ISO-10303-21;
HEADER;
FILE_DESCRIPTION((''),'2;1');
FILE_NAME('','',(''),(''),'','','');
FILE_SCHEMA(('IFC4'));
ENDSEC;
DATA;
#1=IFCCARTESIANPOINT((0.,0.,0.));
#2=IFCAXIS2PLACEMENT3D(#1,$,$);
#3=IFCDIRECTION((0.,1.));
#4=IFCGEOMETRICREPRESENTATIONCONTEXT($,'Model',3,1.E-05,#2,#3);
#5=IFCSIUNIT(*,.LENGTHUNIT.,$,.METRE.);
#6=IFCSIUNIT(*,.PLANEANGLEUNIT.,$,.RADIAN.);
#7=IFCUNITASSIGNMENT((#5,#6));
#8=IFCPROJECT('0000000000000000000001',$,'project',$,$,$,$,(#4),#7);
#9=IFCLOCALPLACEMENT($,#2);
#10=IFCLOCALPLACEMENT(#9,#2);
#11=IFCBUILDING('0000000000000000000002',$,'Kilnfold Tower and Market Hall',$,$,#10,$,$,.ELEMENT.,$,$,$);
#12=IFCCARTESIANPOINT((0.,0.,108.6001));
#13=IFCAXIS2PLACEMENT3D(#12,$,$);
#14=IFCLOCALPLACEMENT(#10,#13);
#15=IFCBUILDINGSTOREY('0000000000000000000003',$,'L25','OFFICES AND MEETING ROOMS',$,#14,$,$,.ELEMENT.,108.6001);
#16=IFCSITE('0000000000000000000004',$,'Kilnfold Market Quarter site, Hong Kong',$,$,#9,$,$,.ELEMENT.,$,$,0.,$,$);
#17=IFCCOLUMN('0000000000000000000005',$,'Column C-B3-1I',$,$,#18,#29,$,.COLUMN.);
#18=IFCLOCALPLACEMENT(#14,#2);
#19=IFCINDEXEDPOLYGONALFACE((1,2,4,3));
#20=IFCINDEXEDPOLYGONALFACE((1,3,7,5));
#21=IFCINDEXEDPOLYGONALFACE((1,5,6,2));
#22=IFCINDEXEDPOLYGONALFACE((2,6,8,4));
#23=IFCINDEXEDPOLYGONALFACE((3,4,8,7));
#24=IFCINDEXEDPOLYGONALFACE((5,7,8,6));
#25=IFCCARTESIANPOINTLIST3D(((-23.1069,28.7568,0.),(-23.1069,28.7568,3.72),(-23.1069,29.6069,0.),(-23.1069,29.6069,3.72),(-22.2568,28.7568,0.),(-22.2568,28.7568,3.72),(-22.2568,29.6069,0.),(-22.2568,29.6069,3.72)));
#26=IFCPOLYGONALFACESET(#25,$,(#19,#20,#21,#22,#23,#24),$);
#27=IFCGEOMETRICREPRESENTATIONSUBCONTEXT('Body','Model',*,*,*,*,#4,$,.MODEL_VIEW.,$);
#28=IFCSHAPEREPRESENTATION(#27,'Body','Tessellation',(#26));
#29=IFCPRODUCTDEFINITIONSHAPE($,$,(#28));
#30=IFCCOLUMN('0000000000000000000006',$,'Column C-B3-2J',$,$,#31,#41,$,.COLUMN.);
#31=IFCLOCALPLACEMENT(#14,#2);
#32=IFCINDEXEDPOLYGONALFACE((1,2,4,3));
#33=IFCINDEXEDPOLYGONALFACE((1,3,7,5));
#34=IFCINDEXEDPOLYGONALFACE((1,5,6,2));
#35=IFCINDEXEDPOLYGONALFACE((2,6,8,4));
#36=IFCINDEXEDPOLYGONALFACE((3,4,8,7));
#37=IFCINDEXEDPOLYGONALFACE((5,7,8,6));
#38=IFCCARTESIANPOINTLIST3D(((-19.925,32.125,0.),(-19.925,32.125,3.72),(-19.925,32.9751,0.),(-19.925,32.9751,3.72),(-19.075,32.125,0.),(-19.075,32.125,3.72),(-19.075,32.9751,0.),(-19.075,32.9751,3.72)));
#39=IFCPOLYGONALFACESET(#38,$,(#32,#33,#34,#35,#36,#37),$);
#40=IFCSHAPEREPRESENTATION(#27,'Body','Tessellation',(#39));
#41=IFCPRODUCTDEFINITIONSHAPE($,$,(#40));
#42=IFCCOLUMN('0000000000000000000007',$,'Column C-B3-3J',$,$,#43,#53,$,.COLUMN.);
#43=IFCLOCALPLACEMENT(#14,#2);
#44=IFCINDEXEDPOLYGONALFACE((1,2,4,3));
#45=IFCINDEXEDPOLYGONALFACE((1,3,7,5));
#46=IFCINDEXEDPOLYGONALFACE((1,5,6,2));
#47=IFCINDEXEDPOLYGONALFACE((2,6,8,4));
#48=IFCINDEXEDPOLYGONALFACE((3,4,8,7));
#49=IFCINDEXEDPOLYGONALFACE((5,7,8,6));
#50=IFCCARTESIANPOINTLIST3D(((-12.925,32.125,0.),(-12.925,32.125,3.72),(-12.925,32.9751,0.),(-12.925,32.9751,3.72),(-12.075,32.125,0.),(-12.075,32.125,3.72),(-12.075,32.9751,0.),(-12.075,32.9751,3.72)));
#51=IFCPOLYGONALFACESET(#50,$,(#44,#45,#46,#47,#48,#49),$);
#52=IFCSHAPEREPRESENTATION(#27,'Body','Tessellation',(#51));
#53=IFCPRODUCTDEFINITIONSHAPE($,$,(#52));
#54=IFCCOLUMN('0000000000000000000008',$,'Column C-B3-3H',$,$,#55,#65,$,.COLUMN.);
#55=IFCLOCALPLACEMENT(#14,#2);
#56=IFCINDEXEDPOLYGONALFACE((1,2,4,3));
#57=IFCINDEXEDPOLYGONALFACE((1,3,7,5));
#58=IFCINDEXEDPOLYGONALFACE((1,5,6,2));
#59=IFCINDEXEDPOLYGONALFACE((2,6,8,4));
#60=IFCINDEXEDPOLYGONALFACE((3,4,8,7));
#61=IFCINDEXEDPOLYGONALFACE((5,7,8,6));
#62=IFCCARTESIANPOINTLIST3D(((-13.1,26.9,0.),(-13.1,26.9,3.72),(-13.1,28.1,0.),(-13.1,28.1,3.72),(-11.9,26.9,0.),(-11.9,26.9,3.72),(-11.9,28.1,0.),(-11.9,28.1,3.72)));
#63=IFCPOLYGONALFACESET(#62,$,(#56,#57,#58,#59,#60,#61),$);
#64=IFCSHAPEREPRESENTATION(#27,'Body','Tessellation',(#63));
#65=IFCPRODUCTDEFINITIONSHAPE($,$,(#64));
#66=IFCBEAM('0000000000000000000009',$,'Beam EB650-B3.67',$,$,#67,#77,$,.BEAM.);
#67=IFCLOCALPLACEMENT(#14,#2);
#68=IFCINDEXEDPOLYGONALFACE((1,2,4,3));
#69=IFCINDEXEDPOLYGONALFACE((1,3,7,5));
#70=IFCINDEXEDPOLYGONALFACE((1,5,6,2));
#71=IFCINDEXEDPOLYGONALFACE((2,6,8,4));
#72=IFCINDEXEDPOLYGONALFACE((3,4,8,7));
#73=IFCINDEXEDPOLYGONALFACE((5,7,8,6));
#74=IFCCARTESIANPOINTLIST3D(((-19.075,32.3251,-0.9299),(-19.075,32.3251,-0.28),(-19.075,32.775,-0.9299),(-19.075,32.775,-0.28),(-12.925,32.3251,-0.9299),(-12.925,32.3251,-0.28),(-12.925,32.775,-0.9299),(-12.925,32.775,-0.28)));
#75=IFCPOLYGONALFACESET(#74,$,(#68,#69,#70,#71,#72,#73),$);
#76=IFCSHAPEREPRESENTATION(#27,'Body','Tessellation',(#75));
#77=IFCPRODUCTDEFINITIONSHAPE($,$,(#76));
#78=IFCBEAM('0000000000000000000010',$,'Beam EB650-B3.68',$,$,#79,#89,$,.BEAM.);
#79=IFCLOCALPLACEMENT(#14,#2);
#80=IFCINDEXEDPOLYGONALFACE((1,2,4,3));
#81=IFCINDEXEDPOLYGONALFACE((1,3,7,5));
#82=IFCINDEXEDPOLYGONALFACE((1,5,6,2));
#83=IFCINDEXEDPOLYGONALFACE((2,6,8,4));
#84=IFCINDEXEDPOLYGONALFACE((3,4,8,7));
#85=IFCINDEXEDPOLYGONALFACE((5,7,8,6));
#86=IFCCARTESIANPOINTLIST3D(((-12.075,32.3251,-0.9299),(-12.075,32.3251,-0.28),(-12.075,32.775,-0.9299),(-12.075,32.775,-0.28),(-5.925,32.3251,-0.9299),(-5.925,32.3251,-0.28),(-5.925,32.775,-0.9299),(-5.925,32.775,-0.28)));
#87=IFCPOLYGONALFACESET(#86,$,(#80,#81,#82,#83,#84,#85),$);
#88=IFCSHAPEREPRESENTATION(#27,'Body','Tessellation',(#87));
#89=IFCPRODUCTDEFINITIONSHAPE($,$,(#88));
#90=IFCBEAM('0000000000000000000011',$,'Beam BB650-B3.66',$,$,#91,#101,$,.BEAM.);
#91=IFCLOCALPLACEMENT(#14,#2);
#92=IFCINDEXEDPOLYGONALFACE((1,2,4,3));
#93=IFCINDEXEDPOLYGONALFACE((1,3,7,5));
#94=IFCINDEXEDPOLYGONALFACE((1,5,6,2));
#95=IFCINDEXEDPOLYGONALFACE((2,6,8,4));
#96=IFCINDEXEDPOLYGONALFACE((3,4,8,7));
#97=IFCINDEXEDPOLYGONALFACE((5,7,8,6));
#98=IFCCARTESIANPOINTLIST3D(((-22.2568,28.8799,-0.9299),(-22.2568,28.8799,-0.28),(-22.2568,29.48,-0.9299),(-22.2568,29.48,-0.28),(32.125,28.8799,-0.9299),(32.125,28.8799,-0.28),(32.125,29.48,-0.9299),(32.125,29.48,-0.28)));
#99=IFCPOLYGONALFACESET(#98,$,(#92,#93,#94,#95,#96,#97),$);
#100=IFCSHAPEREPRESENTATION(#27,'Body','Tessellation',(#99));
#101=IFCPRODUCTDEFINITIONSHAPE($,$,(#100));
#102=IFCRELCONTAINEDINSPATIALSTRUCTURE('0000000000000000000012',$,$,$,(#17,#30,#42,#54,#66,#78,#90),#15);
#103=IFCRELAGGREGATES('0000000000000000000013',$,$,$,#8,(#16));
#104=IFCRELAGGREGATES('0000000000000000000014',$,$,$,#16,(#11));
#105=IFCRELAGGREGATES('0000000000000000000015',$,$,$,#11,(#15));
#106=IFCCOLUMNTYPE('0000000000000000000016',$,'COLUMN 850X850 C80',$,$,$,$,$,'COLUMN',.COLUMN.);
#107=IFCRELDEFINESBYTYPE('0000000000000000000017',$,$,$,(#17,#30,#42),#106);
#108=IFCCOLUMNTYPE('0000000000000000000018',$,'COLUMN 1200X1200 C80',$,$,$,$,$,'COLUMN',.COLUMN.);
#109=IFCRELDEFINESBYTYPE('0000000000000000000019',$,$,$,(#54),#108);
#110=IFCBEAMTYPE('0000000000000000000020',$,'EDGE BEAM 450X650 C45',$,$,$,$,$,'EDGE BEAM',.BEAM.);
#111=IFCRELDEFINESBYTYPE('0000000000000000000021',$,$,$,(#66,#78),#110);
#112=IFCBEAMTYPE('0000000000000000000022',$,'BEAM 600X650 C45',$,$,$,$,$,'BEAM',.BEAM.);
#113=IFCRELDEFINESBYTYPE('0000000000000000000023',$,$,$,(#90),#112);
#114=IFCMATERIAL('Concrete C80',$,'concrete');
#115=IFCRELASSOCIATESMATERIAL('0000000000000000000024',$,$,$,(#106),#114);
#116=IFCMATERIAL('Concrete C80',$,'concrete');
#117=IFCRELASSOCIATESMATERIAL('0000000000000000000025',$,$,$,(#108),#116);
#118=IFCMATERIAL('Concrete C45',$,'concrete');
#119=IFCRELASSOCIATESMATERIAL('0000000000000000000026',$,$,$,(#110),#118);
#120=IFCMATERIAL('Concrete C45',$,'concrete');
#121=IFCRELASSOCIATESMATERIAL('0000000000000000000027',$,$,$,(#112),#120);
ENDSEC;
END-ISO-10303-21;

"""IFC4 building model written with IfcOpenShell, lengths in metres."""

from ifc_helpers import new_model, si_unit, direction, frame, origin, origin_2d, place, context, subcontext, project, spatial, rectangle, extrude, source, transform, mapped, material, material_profile, profile_set, type_object, element, save


model = new_model("IFC4")

# Units and contexts
model_context = context("Model", 3, precision=1e-05, world=origin(), true_north=direction((0.0, 1.0)))
body_context = subcontext(model_context, "Body", "Model", "MODEL_VIEW")
ifc_project = project(units=[si_unit("LENGTHUNIT", "METRE"), si_unit("PLANEANGLEUNIT", "RADIAN")], contexts=[model_context])

# Site, building, storey
site_placement = place(None, origin())
site = spatial("IfcSite", under=ifc_project, at=site_placement, Name="Kilnfold Market Quarter site, Hong Kong", CompositionType="ELEMENT", RefElevation=0.0)
building_placement = place(site_placement, origin())
building = spatial("IfcBuilding", under=site, at=building_placement, Name="Kilnfold Tower and Market Hall", CompositionType="ELEMENT")
storey_placement = place(building_placement, frame((0.0, 0.0, 108.6001)))
storey = spatial("IfcBuildingStorey", under=building, at=storey_placement, Name="L25", Description="OFFICES AND MEETING ROOMS", CompositionType="ELEMENT", Elevation=108.6001)

# Columns
ifc_material_1 = material(Name="Concrete C80", Category="concrete")
ifc_material_profile_1 = material_profile(ifc_material_1, rectangle(XDim=0.8501, YDim=0.8501, at=origin_2d()), Name="RC 850x850")
ifc_profile_set_1 = profile_set([ifc_material_profile_1], Name="Concrete C80")
column_type_1 = type_object("IfcColumnType", Name="COLUMN 850X850 C80", ElementType="COLUMN", PredefinedType="COLUMN", material=ifc_profile_set_1)
shared_shape_1 = source(origin(), body_context, "Body", "SweptSolid", [
    extrude(rectangle(XDim=0.8501, YDim=0.8501, at=origin_2d()), origin(), (0.0, 0.0, 1.0), 3.72),
])
for number, where, z_axis, x_axis, name in (
    (1, (-22.6819, 29.1819, 0.0), (0.0, 0.0, 1.0), (1.0, 0.0, 0.0), "Column C-B3-1I"),
    (2, (-19.5, 32.55, 0.0), (0.0, 0.0, 1.0), (1.0, 0.0, 0.0), "Column C-B3-2J"),
    (3, (-12.5, 32.55, 0.0), (0.0, 0.0, 1.0), (1.0, 0.0, 0.0), "Column C-B3-3J"),
):
    element("IfcColumn", number, at=place(storey_placement, frame(where, z_axis=z_axis, x_axis=x_axis)), inside=storey, type_object=column_type_1, Name=name, PredefinedType="COLUMN", context=body_context, shape_type="MappedRepresentation", body=[
        mapped(shared_shape_1, transform((0.0, 0.0, 0.0))),
    ])
ifc_material_2 = material(Name="Concrete C80", Category="concrete")
ifc_material_profile_2 = material_profile(ifc_material_2, rectangle(XDim=1.2, YDim=1.2, at=origin_2d()), Name="RC 1200x1200")
ifc_profile_set_2 = profile_set([ifc_material_profile_2], Name="Concrete C80")
column_type_2 = type_object("IfcColumnType", Name="COLUMN 1200X1200 C80", ElementType="COLUMN", PredefinedType="COLUMN", material=ifc_profile_set_2)
shared_shape_2 = source(origin(), body_context, "Body", "SweptSolid", [
    extrude(rectangle(XDim=1.2, YDim=1.2, at=origin_2d()), origin(), (0.0, 0.0, 1.0), 3.72),
])
column_placement = place(storey_placement, frame((-12.5, 27.5, 0.0), z_axis=(0.0, 0.0, 1.0), x_axis=(1.0, 0.0, 0.0)))
element("IfcColumn", 4, at=column_placement, inside=storey, type_object=column_type_2, Name="Column C-B3-3H", PredefinedType="COLUMN", context=body_context, shape_type="MappedRepresentation", body=[
    mapped(shared_shape_2, transform((0.0, 0.0, 0.0))),
])

# Beams
ifc_material_3 = material(Name="Concrete C45", Category="concrete")
ifc_material_profile_3 = material_profile(ifc_material_3, rectangle(XDim=0.45, YDim=0.6499, at=origin_2d()), Name="RC 450x650")
ifc_profile_set_3 = profile_set([ifc_material_profile_3], Name="Concrete C45")
beam_type_1 = type_object("IfcBeamType", Name="EDGE BEAM 450X650 C45", ElementType="EDGE BEAM", PredefinedType="BEAM", material=ifc_profile_set_3)
shared_shape_3 = source(origin(), body_context, "Body", "SweptSolid", [
    extrude(rectangle(XDim=0.45, YDim=0.6499, at=origin_2d()), origin(), (0.0, 0.0, 1.0), 6.1499),
])
for number, where, z_axis, x_axis, name in (
    (5, (-19.075, 32.55, -0.605), (1.0, 0.0, 0.0), (0.0, 1.0, 0.0), "Beam EB650-B3.67"),
    (6, (-12.075, 32.55, -0.605), (1.0, 0.0, 0.0), (0.0, 1.0, 0.0), "Beam EB650-B3.68"),
):
    element("IfcBeam", number, at=place(storey_placement, frame(where, z_axis=z_axis, x_axis=x_axis)), inside=storey, type_object=beam_type_1, Name=name, PredefinedType="BEAM", context=body_context, shape_type="MappedRepresentation", body=[
        mapped(shared_shape_3, transform((0.0, 0.0, 0.0))),
    ])
ifc_material_4 = material(Name="Concrete C45", Category="concrete")
ifc_material_profile_4 = material_profile(ifc_material_4, rectangle(XDim=0.6001, YDim=0.6499, at=origin_2d()), Name="RC 600x650")
ifc_profile_set_4 = profile_set([ifc_material_profile_4], Name="Concrete C45")
beam_type_2 = type_object("IfcBeamType", Name="BEAM 600X650 C45", ElementType="BEAM", PredefinedType="BEAM", material=ifc_profile_set_4)
shared_shape_4 = source(origin(), body_context, "Body", "SweptSolid", [
    extrude(rectangle(XDim=0.6001, YDim=0.6499, at=origin_2d()), origin(), (0.0, 0.0, 1.0), 54.3818),
])
beam_placement = place(storey_placement, frame((-22.2568, 29.1799, -0.605), z_axis=(1.0, 0.0, 0.0), x_axis=(0.0, 1.0, 0.0)))
element("IfcBeam", 7, at=beam_placement, inside=storey, type_object=beam_type_2, Name="Beam BB650-B3.66", PredefinedType="BEAM", context=body_context, shape_type="MappedRepresentation", body=[
    mapped(shared_shape_4, transform((0.0, 0.0, 0.0))),
])

save(model, "model.ifc")
